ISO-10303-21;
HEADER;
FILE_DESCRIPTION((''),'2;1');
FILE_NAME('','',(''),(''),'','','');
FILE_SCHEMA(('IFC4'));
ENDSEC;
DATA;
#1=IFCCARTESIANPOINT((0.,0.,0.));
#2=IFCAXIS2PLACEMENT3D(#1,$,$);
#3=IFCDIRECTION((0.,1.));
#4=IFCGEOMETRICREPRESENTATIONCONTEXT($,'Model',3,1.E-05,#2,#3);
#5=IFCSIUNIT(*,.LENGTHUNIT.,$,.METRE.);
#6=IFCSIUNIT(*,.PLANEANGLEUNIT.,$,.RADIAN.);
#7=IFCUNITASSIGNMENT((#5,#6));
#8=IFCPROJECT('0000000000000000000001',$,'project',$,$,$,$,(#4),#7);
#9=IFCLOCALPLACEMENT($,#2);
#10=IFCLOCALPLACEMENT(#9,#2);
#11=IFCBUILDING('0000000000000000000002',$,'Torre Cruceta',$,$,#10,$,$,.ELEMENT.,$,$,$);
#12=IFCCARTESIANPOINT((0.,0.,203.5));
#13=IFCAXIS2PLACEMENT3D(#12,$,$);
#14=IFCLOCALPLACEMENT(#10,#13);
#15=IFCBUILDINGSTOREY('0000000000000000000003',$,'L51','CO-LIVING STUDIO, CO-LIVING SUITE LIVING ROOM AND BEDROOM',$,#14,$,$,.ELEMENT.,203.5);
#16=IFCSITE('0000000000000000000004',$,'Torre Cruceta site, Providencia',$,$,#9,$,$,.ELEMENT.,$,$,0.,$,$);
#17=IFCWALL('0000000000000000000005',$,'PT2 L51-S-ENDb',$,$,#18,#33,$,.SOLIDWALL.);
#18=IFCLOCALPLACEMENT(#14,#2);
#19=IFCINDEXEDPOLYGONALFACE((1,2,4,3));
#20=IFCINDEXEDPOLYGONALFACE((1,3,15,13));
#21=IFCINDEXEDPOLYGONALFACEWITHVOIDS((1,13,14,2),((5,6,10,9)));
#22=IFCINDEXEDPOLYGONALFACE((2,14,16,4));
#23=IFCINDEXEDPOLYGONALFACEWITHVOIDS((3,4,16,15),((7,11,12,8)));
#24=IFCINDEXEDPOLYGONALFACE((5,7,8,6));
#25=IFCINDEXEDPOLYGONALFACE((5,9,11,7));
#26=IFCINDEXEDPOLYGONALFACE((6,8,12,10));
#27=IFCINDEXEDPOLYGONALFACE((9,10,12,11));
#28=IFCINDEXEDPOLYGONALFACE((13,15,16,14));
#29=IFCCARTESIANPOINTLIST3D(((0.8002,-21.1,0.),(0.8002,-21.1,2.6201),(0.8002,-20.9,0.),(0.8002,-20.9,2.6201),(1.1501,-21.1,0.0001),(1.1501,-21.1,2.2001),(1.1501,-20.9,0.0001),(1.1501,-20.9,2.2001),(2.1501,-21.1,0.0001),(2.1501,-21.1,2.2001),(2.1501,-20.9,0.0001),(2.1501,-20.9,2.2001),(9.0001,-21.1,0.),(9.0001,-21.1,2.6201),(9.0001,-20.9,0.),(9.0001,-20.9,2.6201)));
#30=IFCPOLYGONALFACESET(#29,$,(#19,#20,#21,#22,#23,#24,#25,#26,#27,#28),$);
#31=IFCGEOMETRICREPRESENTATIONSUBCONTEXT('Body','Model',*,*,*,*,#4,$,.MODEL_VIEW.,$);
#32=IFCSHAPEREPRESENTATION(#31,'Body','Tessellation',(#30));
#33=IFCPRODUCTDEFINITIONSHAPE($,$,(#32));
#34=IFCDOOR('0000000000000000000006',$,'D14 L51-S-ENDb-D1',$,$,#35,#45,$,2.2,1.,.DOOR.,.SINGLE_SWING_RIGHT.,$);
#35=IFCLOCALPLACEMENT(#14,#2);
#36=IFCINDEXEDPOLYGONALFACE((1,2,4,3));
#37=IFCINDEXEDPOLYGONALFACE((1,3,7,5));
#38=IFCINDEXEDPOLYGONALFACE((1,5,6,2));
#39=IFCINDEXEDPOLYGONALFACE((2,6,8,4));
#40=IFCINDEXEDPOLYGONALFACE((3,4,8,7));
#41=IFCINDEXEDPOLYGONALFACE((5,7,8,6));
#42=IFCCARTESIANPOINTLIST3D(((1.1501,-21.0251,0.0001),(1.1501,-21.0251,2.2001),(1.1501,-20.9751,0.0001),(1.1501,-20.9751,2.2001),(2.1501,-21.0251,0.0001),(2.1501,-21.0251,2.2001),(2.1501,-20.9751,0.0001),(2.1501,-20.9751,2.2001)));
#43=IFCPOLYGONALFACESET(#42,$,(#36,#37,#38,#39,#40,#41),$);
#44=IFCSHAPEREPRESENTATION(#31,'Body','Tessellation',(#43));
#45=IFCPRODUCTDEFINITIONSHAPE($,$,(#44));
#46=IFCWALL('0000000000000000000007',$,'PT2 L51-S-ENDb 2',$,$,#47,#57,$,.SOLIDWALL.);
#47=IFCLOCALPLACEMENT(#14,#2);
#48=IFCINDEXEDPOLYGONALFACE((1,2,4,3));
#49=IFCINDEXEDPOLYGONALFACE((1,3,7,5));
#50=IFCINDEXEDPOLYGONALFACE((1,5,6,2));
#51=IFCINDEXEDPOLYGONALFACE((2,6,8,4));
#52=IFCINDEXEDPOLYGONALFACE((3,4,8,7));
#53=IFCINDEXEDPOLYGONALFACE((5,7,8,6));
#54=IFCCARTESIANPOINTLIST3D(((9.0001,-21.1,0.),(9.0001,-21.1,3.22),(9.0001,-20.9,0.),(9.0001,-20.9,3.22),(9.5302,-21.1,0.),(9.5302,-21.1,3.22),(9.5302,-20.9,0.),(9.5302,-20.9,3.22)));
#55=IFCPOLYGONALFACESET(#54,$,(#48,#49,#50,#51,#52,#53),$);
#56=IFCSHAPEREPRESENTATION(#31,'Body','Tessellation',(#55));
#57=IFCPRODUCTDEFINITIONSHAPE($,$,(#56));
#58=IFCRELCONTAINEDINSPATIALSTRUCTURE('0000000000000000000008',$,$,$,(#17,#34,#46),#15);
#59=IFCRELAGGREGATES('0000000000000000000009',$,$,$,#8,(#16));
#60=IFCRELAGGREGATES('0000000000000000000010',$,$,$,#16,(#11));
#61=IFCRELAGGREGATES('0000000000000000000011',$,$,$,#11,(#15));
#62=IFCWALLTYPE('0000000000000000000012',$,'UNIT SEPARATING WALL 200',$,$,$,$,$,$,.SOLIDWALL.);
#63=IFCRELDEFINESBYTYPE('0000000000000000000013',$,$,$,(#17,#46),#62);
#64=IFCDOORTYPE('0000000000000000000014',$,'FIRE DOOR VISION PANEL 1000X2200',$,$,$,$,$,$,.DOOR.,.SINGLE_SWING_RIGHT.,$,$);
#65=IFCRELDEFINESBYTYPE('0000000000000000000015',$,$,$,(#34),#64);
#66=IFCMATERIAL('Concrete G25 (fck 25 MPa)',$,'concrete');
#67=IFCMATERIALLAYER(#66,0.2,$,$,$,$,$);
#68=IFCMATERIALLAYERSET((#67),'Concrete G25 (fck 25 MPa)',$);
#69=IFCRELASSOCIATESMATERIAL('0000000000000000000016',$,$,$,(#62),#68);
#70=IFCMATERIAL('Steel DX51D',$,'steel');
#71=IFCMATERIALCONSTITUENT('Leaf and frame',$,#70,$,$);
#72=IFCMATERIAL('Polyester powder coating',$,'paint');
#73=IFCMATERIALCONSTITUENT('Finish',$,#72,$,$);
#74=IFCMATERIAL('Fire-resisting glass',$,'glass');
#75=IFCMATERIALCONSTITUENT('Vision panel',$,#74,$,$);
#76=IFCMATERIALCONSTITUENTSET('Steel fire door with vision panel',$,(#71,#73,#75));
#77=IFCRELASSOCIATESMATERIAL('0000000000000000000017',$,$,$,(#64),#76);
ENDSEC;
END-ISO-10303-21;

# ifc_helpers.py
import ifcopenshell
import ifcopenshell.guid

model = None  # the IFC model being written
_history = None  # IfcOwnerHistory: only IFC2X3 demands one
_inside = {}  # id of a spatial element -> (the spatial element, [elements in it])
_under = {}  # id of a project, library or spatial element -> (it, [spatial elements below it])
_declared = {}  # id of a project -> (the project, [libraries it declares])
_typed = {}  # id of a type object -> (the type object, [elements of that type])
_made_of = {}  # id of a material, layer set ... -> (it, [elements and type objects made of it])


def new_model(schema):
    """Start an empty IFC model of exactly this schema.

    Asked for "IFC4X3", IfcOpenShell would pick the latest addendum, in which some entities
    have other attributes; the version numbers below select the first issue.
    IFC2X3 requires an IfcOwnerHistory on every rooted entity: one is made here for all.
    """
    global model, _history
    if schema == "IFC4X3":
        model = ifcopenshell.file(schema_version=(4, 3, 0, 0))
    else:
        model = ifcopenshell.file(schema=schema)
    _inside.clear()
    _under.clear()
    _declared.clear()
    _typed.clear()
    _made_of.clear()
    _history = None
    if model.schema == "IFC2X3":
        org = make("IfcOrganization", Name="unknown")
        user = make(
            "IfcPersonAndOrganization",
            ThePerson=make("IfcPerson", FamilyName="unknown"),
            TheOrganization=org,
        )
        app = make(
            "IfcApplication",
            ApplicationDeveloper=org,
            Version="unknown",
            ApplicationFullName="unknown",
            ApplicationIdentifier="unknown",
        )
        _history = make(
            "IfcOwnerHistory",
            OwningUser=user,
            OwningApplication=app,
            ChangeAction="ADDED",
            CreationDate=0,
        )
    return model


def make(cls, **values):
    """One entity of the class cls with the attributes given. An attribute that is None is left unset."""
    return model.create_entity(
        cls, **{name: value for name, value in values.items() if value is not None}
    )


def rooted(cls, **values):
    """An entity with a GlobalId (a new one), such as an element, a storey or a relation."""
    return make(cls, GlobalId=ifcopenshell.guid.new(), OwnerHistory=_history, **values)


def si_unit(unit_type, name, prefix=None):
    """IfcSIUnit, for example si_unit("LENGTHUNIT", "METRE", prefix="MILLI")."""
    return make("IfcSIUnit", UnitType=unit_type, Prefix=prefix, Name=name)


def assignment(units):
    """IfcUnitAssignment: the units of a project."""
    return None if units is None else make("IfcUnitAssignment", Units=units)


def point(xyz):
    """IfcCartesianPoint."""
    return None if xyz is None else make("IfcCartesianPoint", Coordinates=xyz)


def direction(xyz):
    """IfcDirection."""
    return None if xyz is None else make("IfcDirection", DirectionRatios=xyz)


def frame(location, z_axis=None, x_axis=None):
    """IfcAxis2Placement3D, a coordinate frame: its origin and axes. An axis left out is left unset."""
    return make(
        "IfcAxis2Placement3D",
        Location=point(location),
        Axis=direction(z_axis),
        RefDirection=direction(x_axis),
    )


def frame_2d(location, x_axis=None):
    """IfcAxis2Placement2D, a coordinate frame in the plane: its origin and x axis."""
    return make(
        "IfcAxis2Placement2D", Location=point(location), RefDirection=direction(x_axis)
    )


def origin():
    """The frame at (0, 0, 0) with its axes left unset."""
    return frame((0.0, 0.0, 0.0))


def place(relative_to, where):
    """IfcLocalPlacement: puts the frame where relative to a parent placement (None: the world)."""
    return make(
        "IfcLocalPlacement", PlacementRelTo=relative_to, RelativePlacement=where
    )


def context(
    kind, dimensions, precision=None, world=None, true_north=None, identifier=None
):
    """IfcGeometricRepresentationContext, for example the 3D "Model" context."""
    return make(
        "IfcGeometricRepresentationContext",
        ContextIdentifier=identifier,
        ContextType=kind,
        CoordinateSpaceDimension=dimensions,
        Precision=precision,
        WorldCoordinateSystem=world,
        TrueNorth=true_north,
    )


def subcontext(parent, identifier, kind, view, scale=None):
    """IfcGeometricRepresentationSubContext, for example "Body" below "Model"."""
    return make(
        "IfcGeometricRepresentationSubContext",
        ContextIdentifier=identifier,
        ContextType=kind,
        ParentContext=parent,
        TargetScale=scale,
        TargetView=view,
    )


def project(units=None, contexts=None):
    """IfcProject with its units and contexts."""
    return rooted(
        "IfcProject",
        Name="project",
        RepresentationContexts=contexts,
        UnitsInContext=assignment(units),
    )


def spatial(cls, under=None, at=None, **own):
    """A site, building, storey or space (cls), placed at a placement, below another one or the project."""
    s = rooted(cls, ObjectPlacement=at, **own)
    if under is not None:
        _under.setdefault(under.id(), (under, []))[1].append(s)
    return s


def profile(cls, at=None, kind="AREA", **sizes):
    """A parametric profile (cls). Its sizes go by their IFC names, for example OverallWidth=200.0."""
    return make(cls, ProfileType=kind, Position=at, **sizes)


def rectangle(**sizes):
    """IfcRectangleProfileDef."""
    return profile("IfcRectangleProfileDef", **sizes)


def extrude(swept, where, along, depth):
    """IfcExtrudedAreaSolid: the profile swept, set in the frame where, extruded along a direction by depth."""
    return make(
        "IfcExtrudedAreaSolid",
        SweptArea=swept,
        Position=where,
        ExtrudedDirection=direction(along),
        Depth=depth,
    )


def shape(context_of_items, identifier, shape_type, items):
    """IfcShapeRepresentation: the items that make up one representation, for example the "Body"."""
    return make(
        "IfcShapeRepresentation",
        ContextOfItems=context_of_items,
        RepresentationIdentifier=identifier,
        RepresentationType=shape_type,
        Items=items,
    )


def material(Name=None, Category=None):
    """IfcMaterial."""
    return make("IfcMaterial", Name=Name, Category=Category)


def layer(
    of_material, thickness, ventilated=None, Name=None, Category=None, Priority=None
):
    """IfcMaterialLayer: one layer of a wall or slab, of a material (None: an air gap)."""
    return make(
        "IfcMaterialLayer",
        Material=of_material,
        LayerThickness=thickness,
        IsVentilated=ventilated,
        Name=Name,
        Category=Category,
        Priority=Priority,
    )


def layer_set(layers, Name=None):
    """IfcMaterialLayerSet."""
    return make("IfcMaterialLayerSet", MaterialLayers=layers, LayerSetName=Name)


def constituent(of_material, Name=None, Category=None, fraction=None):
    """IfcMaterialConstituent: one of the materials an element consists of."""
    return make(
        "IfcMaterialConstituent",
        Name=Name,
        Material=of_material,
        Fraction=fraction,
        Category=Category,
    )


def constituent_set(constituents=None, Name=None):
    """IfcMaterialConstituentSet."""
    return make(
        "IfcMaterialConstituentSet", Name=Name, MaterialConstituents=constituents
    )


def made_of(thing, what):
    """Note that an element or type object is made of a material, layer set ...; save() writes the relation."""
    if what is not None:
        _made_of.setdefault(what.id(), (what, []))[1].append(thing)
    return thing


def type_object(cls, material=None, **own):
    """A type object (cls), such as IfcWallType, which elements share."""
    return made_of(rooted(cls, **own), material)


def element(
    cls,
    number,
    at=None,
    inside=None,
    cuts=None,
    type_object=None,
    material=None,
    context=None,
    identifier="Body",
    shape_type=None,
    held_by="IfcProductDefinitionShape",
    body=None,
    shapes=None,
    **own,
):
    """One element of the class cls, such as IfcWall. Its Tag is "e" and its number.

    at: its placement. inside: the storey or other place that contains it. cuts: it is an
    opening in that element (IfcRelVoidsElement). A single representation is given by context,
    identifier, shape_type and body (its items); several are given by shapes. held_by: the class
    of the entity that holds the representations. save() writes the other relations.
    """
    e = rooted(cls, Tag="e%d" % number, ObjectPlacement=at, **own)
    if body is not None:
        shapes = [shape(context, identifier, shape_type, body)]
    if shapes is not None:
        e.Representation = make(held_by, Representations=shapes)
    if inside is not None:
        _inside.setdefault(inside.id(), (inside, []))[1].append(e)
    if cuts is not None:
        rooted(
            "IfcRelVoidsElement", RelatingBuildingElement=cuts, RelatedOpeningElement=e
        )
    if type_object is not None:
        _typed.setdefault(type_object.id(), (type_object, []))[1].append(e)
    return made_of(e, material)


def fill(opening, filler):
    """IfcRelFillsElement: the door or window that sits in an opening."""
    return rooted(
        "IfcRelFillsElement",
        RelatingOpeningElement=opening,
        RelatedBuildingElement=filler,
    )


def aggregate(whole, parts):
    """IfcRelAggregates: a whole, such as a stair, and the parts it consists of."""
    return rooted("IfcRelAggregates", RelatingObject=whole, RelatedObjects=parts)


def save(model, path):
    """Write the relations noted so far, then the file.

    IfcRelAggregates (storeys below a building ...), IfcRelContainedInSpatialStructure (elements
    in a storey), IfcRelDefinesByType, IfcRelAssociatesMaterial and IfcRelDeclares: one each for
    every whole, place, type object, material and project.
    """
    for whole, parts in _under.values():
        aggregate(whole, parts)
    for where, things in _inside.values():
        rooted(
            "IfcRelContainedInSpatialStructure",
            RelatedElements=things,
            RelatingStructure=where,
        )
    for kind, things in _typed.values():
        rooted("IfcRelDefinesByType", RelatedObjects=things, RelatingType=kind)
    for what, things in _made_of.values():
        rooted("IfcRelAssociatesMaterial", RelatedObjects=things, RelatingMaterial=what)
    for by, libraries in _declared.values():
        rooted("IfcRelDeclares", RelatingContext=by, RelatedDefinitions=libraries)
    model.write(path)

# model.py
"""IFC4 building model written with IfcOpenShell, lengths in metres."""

from ifc_helpers import new_model, si_unit, direction, frame, frame_2d, origin, place, context, subcontext, project, spatial, rectangle, extrude, material, layer, layer_set, constituent, constituent_set, type_object, element, fill, save


model = new_model("IFC4")

# Units and contexts
model_context = context("Model", 3, precision=1e-05, world=origin(), true_north=direction((0.0, 1.0)))
body_context = subcontext(model_context, "Body", "Model", "MODEL_VIEW")
ifc_project = project(units=[si_unit("LENGTHUNIT", "METRE"), si_unit("PLANEANGLEUNIT", "RADIAN")], contexts=[model_context])

# Site, building, storey
site_placement = place(None, origin())
site = spatial("IfcSite", under=ifc_project, at=site_placement, Name="Torre Cruceta site, Providencia", CompositionType="ELEMENT", RefElevation=0.0)
building_placement = place(site_placement, origin())
building = spatial("IfcBuilding", under=site, at=building_placement, Name="Torre Cruceta", CompositionType="ELEMENT")
storey_placement = place(building_placement, frame((0.0, 0.0, 203.5)))
storey = spatial("IfcBuildingStorey", under=building, at=storey_placement, Name="L51", Description="CO-LIVING STUDIO, CO-LIVING SUITE LIVING ROOM AND BEDROOM", CompositionType="ELEMENT", Elevation=203.5)

# Wall, opening, door
ifc_material_1 = material(Name="Concrete G25 (fck 25 MPa)", Category="concrete")
ifc_layer_1 = layer(ifc_material_1, 0.2)
ifc_layer_set_1 = layer_set([ifc_layer_1], Name="Concrete G25 (fck 25 MPa)")
wall_type_1 = type_object("IfcWallType", Name="UNIT SEPARATING WALL 200", PredefinedType="SOLIDWALL", material=ifc_layer_set_1)
wall_1_placement = place(storey_placement, frame((0.8, -21.0, 0.0), z_axis=(0.0, 0.0, 1.0), x_axis=(1.0, 0.0, 0.0)))
wall_1 = element("IfcWall", 1, at=wall_1_placement, inside=storey, type_object=wall_type_1, Name="PT2 L51-S-ENDb", PredefinedType="SOLIDWALL", context=body_context, shape_type="SweptSolid", body=[
    extrude(rectangle(XDim=8.2, YDim=0.2, at=frame_2d((4.1001, 0.0))), origin(), (0.0, 0.0, 1.0), 2.6201),
])
opening_1_placement = place(wall_1_placement, frame((0.3501, 0.0, 0.0)))
opening_1 = element("IfcOpeningElement", 2, at=opening_1_placement, cuts=wall_1, PredefinedType="OPENING", context=body_context, shape_type="SweptSolid", body=[
    extrude(rectangle(XDim=1.0, YDim=2.2, at=frame_2d((0.5, 1.1001))), frame((0.0, 0.1099, 0.0), z_axis=(0.0, -1.0, 0.0), x_axis=(1.0, 0.0, 0.0)), (0.0, 0.0, 1.0), 0.22),
])
ifc_material_2 = material(Name="Steel DX51D", Category="steel")
ifc_constituent_1 = constituent(ifc_material_2, Name="Leaf and frame")
ifc_material_3 = material(Name="Polyester powder coating", Category="paint")
ifc_constituent_2 = constituent(ifc_material_3, Name="Finish")
ifc_material_4 = material(Name="Fire-resisting glass", Category="glass")
ifc_constituent_3 = constituent(ifc_material_4, Name="Vision panel")
ifc_constituent_set_1 = constituent_set(constituents=[ifc_constituent_1, ifc_constituent_2, ifc_constituent_3], Name="Steel fire door with vision panel")
door_type_1 = type_object("IfcDoorType", Name="FIRE DOOR VISION PANEL 1000X2200", OperationType="SINGLE_SWING_RIGHT", PredefinedType="DOOR", material=ifc_constituent_set_1)
door_1_placement = place(opening_1_placement, frame((1.0, 0.0, 0.0), z_axis=(0.0, 0.0, 1.0), x_axis=(-1.0, 0.0, 0.0)))
door_1 = element("IfcDoor", 3, at=door_1_placement, inside=storey, type_object=door_type_1, Name="D14 L51-S-ENDb-D1", OperationType="SINGLE_SWING_RIGHT", OverallHeight=2.2, OverallWidth=1.0, PredefinedType="DOOR", context=body_context, shape_type="SweptSolid", body=[
    extrude(rectangle(XDim=1.0, YDim=2.2, at=frame_2d((0.5, 1.1001))), frame((0.0, 0.0251, 0.0), z_axis=(0.0, -1.0, 0.0), x_axis=(1.0, 0.0, 0.0)), (0.0, 0.0, 1.0), 0.05),
])
fill(opening_1, door_1)

# Wall
wall_2_placement = place(storey_placement, frame((9.0, -21.0, 0.0), z_axis=(0.0, 0.0, 1.0), x_axis=(1.0, 0.0, 0.0)))
element("IfcWall", 4, at=wall_2_placement, inside=storey, type_object=wall_type_1, Name="PT2 L51-S-ENDb 2", PredefinedType="SOLIDWALL", context=body_context, shape_type="SweptSolid", body=[
    extrude(rectangle(XDim=0.53, YDim=0.2, at=frame_2d((0.2651, 0.0))), origin(), (0.0, 0.0, 1.0), 3.22),
])

save(model, "model.ifc")
